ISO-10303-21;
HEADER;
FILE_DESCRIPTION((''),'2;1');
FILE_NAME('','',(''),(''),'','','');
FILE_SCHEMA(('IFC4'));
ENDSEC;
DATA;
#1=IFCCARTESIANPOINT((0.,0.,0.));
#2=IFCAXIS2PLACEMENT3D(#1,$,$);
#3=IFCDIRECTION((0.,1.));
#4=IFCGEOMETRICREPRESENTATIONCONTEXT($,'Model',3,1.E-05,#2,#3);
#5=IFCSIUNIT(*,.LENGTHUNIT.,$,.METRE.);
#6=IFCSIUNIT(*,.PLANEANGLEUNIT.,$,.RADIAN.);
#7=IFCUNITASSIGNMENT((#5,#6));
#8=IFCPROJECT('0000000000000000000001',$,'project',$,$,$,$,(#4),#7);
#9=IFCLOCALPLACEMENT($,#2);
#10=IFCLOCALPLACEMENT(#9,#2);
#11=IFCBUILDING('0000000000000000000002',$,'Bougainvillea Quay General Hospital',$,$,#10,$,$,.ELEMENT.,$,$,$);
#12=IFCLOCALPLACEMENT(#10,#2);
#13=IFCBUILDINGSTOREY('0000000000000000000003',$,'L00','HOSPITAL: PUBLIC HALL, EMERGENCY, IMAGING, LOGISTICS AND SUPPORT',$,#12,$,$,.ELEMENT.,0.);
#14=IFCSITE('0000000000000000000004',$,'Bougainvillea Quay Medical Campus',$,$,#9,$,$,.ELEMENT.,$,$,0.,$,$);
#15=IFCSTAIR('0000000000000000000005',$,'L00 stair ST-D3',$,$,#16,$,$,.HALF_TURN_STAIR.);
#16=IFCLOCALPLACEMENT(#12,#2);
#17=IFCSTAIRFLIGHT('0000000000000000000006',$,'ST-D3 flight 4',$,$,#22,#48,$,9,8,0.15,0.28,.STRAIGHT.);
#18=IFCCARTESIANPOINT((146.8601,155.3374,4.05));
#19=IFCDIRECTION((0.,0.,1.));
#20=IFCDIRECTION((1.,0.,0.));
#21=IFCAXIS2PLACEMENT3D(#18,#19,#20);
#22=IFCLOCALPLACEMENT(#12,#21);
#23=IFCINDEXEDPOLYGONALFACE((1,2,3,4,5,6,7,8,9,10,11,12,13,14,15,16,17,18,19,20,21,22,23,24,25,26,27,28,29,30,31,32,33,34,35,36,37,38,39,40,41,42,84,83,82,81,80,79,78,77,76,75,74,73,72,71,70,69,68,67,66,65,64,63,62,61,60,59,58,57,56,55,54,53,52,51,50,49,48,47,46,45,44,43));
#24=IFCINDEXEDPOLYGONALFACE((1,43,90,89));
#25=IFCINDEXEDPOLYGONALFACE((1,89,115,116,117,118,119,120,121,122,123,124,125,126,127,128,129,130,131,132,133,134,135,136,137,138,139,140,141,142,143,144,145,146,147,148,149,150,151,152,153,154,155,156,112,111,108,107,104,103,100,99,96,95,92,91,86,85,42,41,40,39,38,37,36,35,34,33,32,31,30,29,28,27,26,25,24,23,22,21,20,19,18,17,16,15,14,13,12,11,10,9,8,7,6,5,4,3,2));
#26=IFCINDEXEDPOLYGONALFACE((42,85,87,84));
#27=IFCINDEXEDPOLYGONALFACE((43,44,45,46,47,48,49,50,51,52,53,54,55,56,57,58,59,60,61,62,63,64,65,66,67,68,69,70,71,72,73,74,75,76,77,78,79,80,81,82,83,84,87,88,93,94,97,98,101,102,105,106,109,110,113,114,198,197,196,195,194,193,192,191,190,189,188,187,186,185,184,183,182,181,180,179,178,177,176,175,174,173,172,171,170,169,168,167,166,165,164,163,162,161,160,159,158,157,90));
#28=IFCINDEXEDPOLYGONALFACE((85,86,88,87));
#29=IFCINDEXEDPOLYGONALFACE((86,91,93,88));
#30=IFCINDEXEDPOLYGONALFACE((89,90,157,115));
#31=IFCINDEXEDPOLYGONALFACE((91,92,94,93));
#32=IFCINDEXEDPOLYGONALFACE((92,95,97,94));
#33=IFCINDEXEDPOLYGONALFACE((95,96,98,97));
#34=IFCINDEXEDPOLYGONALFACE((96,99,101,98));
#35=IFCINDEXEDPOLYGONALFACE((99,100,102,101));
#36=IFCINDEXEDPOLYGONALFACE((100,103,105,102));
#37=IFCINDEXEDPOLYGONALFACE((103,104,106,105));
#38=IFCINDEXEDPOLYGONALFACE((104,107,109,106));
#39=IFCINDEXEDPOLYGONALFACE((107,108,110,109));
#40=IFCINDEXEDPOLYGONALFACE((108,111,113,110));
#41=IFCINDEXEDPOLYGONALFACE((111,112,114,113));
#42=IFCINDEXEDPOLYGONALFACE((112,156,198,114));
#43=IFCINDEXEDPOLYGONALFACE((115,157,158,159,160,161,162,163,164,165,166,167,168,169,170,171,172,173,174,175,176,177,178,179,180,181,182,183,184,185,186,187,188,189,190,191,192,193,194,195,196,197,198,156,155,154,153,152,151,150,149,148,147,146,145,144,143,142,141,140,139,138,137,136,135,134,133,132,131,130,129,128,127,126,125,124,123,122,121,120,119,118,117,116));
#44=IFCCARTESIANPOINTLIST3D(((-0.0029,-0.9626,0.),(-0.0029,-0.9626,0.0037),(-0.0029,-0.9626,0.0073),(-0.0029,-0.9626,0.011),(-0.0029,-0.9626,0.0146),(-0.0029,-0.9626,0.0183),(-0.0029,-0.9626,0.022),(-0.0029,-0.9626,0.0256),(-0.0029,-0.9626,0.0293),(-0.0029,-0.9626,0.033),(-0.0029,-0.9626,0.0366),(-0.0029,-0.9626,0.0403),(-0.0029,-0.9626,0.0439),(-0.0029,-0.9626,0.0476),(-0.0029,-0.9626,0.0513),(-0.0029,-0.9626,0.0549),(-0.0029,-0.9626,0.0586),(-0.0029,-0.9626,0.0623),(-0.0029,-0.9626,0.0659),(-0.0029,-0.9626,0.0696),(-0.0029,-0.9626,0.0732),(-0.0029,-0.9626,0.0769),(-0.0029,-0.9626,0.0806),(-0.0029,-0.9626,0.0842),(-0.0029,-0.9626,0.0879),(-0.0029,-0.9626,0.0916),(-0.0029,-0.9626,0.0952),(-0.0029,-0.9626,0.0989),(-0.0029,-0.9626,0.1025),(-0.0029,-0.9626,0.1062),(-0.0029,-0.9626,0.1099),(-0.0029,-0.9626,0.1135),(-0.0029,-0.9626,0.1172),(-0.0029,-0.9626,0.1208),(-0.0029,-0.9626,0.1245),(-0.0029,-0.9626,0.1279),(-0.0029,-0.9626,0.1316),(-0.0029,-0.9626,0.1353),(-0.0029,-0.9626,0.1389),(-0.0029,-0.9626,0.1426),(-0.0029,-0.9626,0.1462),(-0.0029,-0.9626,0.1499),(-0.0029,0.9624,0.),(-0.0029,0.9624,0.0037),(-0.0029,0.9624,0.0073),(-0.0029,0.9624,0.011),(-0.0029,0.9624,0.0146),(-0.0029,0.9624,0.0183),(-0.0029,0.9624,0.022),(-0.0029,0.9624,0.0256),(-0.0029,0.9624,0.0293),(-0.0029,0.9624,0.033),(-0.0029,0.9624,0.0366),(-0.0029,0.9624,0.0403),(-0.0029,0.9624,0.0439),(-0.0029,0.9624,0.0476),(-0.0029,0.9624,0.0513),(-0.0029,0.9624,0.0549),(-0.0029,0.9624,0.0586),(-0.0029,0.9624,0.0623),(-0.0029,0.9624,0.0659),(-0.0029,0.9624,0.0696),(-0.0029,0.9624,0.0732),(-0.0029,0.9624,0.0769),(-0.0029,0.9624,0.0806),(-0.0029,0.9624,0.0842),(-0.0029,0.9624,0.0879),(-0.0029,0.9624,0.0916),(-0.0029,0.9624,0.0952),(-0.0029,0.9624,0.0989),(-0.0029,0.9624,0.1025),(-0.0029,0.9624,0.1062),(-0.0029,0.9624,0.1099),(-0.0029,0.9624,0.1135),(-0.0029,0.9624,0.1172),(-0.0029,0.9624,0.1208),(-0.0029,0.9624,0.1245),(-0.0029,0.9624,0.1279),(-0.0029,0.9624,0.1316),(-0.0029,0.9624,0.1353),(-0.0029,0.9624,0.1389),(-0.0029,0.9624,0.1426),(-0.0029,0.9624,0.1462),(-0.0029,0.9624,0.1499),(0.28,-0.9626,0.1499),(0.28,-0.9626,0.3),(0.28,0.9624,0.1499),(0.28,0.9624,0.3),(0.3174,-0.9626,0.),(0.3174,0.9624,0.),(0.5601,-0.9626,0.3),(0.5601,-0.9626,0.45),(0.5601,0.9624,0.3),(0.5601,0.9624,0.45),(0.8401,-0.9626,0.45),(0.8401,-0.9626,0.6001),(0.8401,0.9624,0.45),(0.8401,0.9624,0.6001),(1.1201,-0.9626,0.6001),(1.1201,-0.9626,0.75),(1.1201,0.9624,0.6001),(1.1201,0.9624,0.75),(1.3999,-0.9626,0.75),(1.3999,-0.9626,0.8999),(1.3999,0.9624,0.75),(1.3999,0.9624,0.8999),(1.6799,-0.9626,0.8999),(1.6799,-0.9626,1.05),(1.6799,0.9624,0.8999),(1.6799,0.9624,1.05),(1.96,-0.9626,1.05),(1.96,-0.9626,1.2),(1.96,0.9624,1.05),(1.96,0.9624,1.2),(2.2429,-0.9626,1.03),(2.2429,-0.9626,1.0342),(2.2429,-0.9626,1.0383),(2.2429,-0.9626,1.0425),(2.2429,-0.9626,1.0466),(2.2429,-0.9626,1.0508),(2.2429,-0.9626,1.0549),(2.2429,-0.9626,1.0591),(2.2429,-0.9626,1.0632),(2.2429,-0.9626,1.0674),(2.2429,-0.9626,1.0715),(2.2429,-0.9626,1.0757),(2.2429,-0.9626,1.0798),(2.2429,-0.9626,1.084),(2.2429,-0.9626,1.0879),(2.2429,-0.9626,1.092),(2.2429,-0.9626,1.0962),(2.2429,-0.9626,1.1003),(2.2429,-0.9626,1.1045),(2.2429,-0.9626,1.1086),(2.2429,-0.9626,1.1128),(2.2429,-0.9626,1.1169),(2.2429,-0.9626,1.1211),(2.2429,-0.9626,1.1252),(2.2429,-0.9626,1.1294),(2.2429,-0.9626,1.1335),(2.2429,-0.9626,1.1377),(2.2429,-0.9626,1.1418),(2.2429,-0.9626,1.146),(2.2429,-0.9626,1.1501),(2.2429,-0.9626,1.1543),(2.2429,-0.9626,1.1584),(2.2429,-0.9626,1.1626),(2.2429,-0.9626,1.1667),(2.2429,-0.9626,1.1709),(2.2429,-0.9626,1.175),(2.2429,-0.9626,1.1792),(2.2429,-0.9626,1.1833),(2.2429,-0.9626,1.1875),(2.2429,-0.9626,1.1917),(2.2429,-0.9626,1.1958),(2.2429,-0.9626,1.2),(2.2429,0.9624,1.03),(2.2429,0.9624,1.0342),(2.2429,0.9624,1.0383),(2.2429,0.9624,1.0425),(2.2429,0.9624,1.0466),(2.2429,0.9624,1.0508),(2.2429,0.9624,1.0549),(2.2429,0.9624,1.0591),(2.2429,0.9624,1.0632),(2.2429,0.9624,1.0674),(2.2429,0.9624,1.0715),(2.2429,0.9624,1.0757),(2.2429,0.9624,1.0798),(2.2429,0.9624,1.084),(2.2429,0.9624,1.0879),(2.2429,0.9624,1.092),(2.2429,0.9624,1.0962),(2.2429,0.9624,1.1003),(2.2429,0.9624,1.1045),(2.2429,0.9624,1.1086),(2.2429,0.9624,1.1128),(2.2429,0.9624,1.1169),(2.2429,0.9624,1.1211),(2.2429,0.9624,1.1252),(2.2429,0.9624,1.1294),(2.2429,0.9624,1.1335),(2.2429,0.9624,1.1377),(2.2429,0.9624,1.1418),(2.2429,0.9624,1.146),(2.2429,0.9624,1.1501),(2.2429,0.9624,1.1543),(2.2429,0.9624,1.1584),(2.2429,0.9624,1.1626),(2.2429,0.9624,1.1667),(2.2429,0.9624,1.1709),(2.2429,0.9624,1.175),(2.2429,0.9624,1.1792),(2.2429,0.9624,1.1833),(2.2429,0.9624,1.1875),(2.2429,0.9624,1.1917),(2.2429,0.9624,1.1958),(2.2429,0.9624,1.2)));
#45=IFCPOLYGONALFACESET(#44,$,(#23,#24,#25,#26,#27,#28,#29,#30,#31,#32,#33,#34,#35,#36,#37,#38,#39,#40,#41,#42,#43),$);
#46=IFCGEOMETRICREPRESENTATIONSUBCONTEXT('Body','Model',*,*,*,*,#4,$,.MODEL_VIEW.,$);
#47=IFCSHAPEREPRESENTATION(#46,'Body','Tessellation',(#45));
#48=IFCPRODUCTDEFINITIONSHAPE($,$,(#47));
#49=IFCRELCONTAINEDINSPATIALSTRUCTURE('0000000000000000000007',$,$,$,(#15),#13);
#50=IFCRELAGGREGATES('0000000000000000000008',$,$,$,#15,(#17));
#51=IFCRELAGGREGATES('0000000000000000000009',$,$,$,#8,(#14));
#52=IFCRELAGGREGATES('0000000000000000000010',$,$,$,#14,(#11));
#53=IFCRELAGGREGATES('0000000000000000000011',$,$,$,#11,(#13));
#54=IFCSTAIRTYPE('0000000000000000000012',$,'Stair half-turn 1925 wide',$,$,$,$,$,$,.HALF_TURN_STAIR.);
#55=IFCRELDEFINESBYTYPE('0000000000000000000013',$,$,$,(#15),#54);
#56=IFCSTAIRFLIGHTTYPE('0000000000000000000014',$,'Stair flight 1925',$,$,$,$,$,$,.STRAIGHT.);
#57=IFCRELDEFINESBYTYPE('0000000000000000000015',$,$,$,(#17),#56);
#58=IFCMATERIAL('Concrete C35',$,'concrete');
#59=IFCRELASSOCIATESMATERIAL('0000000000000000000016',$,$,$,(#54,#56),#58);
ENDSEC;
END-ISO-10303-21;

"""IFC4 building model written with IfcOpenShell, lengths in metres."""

from ifc_helpers import new_model, si_unit, direction, frame, origin, place, context, subcontext, project, spatial, polyline, outline, extrude, material, type_object, element, aggregate, save


model = new_model("IFC4")

# Units and contexts
model_context = context("Model", 3, precision=1e-05, world=origin(), true_north=direction((0.0, 1.0)))
body_context = subcontext(model_context, "Body", "Model", "MODEL_VIEW")
ifc_project = project(units=[si_unit("LENGTHUNIT", "METRE"), si_unit("PLANEANGLEUNIT", "RADIAN")], contexts=[model_context])

# Site, building, storey
site_placement = place(None, origin())
site = spatial("IfcSite", under=ifc_project, at=site_placement, Name="Bougainvillea Quay Medical Campus", CompositionType="ELEMENT", RefElevation=0.0)
building_placement = place(site_placement, origin())
building = spatial("IfcBuilding", under=site, at=building_placement, Name="Bougainvillea Quay General Hospital", CompositionType="ELEMENT")
storey_placement = place(building_placement, origin())
storey = spatial("IfcBuildingStorey", under=building, at=storey_placement, Name="L00", Description="HOSPITAL: PUBLIC HALL, EMERGENCY, IMAGING, LOGISTICS AND SUPPORT", CompositionType="ELEMENT", Elevation=0.0)

# Stair, stair flight
ifc_material_1 = material(Name="Concrete C35", Category="concrete")
stair_type = type_object("IfcStairType", Name="Stair half-turn 1925 wide", PredefinedType="HALF_TURN_STAIR", material=ifc_material_1)
stair_placement = place(storey_placement, origin())
stair = element("IfcStair", 1, at=stair_placement, inside=storey, type_object=stair_type, Name="L00 stair ST-D3", PredefinedType="HALF_TURN_STAIR")
stair_flight_type = type_object("IfcStairFlightType", Name="Stair flight 1925", PredefinedType="STRAIGHT", material=ifc_material_1)
stair_flight_1_placement = place(storey_placement, frame((146.8601, 155.3374, 4.05), z_axis=(0.0, 0.0, 1.0), x_axis=(1.0, 0.0, 0.0)))
stair_flight_1 = element("IfcStairFlight", 2, at=stair_flight_1_placement, type_object=stair_flight_type, Name="ST-D3 flight 4", NumberOfRisers=9, NumberOfTreads=8, PredefinedType="STRAIGHT", RiserHeight=0.15, TreadLength=0.28, context=body_context, shape_type="SweptSolid", body=[
    extrude(outline(polyline([(-0.0029, 0.0), (-0.0029, 0.0037), (-0.0029, 0.0073), (-0.0029, 0.011), (-0.0029, 0.0146), (-0.0029, 0.0183), (-0.0029, 0.022), (-0.0029, 0.0256), (-0.0029, 0.0293), (-0.0029, 0.033), (-0.0029, 0.0366), (-0.0029, 0.0403), (-0.0029, 0.0439), (-0.0029, 0.0476), (-0.0029, 0.0513), (-0.0029, 0.0549), (-0.0029, 0.0586), (-0.0029, 0.0623), (-0.0029, 0.0659), (-0.0029, 0.0696), (-0.0029, 0.0732), (-0.0029, 0.0769), (-0.0029, 0.0806), (-0.0029, 0.0842), (-0.0029, 0.0879), (-0.0029, 0.0916), (-0.0029, 0.0952), (-0.0029, 0.0989), (-0.0029, 0.1025), (-0.0029, 0.1062), (-0.0029, 0.1099), (-0.0029, 0.1135), (-0.0029, 0.1172), (-0.0029, 0.1208), (-0.0029, 0.1245), (-0.0029, 0.1279), (-0.0029, 0.1316), (-0.0029, 0.1353), (-0.0029, 0.1389), (-0.0029, 0.1426), (-0.0029, 0.1462), (-0.0029, 0.1499), (0.28, 0.1499), (0.28, 0.3), (0.5601, 0.3), (0.5601, 0.45), (0.8401, 0.45), (0.8401, 0.6001), (1.1201, 0.6001), (1.1201, 0.75), (1.3999, 0.75), (1.3999, 0.8999), (1.6799, 0.8999), (1.6799, 1.05), (1.96, 1.05), (1.96, 1.2), (2.2429, 1.2), (2.2429, 1.1958), (2.2429, 1.1917), (2.2429, 1.1875), (2.2429, 1.1833), (2.2429, 1.1792), (2.2429, 1.175), (2.2429, 1.1709), (2.2429, 1.1667), (2.2429, 1.1626), (2.2429, 1.1584), (2.2429, 1.1543), (2.2429, 1.1501), (2.2429, 1.146), (2.2429, 1.1418), (2.2429, 1.1377), (2.2429, 1.1335), (2.2429, 1.1294), (2.2429, 1.1252), (2.2429, 1.1211), (2.2429, 1.1169), (2.2429, 1.1128), (2.2429, 1.1086), (2.2429, 1.1045), (2.2429, 1.1003), (2.2429, 1.0962), (2.2429, 1.092), (2.2429, 1.0879), (2.2429, 1.084), (2.2429, 1.0798), (2.2429, 1.0757), (2.2429, 1.0715), (2.2429, 1.0674), (2.2429, 1.0632), (2.2429, 1.0591), (2.2429, 1.0549), (2.2429, 1.0508), (2.2429, 1.0466), (2.2429, 1.0425), (2.2429, 1.0383), (2.2429, 1.0342), (2.2429, 1.03), (0.3174, 0.0), (-0.0029, 0.0)])), frame((0.0, 0.9624, 0.0), z_axis=(0.0, -1.0, 0.0), x_axis=(1.0, 0.0, 0.0)), (0.0, 0.0, 1.0), 1.925),
])
aggregate(stair, [stair_flight_1])

save(model, "model.ifc")
